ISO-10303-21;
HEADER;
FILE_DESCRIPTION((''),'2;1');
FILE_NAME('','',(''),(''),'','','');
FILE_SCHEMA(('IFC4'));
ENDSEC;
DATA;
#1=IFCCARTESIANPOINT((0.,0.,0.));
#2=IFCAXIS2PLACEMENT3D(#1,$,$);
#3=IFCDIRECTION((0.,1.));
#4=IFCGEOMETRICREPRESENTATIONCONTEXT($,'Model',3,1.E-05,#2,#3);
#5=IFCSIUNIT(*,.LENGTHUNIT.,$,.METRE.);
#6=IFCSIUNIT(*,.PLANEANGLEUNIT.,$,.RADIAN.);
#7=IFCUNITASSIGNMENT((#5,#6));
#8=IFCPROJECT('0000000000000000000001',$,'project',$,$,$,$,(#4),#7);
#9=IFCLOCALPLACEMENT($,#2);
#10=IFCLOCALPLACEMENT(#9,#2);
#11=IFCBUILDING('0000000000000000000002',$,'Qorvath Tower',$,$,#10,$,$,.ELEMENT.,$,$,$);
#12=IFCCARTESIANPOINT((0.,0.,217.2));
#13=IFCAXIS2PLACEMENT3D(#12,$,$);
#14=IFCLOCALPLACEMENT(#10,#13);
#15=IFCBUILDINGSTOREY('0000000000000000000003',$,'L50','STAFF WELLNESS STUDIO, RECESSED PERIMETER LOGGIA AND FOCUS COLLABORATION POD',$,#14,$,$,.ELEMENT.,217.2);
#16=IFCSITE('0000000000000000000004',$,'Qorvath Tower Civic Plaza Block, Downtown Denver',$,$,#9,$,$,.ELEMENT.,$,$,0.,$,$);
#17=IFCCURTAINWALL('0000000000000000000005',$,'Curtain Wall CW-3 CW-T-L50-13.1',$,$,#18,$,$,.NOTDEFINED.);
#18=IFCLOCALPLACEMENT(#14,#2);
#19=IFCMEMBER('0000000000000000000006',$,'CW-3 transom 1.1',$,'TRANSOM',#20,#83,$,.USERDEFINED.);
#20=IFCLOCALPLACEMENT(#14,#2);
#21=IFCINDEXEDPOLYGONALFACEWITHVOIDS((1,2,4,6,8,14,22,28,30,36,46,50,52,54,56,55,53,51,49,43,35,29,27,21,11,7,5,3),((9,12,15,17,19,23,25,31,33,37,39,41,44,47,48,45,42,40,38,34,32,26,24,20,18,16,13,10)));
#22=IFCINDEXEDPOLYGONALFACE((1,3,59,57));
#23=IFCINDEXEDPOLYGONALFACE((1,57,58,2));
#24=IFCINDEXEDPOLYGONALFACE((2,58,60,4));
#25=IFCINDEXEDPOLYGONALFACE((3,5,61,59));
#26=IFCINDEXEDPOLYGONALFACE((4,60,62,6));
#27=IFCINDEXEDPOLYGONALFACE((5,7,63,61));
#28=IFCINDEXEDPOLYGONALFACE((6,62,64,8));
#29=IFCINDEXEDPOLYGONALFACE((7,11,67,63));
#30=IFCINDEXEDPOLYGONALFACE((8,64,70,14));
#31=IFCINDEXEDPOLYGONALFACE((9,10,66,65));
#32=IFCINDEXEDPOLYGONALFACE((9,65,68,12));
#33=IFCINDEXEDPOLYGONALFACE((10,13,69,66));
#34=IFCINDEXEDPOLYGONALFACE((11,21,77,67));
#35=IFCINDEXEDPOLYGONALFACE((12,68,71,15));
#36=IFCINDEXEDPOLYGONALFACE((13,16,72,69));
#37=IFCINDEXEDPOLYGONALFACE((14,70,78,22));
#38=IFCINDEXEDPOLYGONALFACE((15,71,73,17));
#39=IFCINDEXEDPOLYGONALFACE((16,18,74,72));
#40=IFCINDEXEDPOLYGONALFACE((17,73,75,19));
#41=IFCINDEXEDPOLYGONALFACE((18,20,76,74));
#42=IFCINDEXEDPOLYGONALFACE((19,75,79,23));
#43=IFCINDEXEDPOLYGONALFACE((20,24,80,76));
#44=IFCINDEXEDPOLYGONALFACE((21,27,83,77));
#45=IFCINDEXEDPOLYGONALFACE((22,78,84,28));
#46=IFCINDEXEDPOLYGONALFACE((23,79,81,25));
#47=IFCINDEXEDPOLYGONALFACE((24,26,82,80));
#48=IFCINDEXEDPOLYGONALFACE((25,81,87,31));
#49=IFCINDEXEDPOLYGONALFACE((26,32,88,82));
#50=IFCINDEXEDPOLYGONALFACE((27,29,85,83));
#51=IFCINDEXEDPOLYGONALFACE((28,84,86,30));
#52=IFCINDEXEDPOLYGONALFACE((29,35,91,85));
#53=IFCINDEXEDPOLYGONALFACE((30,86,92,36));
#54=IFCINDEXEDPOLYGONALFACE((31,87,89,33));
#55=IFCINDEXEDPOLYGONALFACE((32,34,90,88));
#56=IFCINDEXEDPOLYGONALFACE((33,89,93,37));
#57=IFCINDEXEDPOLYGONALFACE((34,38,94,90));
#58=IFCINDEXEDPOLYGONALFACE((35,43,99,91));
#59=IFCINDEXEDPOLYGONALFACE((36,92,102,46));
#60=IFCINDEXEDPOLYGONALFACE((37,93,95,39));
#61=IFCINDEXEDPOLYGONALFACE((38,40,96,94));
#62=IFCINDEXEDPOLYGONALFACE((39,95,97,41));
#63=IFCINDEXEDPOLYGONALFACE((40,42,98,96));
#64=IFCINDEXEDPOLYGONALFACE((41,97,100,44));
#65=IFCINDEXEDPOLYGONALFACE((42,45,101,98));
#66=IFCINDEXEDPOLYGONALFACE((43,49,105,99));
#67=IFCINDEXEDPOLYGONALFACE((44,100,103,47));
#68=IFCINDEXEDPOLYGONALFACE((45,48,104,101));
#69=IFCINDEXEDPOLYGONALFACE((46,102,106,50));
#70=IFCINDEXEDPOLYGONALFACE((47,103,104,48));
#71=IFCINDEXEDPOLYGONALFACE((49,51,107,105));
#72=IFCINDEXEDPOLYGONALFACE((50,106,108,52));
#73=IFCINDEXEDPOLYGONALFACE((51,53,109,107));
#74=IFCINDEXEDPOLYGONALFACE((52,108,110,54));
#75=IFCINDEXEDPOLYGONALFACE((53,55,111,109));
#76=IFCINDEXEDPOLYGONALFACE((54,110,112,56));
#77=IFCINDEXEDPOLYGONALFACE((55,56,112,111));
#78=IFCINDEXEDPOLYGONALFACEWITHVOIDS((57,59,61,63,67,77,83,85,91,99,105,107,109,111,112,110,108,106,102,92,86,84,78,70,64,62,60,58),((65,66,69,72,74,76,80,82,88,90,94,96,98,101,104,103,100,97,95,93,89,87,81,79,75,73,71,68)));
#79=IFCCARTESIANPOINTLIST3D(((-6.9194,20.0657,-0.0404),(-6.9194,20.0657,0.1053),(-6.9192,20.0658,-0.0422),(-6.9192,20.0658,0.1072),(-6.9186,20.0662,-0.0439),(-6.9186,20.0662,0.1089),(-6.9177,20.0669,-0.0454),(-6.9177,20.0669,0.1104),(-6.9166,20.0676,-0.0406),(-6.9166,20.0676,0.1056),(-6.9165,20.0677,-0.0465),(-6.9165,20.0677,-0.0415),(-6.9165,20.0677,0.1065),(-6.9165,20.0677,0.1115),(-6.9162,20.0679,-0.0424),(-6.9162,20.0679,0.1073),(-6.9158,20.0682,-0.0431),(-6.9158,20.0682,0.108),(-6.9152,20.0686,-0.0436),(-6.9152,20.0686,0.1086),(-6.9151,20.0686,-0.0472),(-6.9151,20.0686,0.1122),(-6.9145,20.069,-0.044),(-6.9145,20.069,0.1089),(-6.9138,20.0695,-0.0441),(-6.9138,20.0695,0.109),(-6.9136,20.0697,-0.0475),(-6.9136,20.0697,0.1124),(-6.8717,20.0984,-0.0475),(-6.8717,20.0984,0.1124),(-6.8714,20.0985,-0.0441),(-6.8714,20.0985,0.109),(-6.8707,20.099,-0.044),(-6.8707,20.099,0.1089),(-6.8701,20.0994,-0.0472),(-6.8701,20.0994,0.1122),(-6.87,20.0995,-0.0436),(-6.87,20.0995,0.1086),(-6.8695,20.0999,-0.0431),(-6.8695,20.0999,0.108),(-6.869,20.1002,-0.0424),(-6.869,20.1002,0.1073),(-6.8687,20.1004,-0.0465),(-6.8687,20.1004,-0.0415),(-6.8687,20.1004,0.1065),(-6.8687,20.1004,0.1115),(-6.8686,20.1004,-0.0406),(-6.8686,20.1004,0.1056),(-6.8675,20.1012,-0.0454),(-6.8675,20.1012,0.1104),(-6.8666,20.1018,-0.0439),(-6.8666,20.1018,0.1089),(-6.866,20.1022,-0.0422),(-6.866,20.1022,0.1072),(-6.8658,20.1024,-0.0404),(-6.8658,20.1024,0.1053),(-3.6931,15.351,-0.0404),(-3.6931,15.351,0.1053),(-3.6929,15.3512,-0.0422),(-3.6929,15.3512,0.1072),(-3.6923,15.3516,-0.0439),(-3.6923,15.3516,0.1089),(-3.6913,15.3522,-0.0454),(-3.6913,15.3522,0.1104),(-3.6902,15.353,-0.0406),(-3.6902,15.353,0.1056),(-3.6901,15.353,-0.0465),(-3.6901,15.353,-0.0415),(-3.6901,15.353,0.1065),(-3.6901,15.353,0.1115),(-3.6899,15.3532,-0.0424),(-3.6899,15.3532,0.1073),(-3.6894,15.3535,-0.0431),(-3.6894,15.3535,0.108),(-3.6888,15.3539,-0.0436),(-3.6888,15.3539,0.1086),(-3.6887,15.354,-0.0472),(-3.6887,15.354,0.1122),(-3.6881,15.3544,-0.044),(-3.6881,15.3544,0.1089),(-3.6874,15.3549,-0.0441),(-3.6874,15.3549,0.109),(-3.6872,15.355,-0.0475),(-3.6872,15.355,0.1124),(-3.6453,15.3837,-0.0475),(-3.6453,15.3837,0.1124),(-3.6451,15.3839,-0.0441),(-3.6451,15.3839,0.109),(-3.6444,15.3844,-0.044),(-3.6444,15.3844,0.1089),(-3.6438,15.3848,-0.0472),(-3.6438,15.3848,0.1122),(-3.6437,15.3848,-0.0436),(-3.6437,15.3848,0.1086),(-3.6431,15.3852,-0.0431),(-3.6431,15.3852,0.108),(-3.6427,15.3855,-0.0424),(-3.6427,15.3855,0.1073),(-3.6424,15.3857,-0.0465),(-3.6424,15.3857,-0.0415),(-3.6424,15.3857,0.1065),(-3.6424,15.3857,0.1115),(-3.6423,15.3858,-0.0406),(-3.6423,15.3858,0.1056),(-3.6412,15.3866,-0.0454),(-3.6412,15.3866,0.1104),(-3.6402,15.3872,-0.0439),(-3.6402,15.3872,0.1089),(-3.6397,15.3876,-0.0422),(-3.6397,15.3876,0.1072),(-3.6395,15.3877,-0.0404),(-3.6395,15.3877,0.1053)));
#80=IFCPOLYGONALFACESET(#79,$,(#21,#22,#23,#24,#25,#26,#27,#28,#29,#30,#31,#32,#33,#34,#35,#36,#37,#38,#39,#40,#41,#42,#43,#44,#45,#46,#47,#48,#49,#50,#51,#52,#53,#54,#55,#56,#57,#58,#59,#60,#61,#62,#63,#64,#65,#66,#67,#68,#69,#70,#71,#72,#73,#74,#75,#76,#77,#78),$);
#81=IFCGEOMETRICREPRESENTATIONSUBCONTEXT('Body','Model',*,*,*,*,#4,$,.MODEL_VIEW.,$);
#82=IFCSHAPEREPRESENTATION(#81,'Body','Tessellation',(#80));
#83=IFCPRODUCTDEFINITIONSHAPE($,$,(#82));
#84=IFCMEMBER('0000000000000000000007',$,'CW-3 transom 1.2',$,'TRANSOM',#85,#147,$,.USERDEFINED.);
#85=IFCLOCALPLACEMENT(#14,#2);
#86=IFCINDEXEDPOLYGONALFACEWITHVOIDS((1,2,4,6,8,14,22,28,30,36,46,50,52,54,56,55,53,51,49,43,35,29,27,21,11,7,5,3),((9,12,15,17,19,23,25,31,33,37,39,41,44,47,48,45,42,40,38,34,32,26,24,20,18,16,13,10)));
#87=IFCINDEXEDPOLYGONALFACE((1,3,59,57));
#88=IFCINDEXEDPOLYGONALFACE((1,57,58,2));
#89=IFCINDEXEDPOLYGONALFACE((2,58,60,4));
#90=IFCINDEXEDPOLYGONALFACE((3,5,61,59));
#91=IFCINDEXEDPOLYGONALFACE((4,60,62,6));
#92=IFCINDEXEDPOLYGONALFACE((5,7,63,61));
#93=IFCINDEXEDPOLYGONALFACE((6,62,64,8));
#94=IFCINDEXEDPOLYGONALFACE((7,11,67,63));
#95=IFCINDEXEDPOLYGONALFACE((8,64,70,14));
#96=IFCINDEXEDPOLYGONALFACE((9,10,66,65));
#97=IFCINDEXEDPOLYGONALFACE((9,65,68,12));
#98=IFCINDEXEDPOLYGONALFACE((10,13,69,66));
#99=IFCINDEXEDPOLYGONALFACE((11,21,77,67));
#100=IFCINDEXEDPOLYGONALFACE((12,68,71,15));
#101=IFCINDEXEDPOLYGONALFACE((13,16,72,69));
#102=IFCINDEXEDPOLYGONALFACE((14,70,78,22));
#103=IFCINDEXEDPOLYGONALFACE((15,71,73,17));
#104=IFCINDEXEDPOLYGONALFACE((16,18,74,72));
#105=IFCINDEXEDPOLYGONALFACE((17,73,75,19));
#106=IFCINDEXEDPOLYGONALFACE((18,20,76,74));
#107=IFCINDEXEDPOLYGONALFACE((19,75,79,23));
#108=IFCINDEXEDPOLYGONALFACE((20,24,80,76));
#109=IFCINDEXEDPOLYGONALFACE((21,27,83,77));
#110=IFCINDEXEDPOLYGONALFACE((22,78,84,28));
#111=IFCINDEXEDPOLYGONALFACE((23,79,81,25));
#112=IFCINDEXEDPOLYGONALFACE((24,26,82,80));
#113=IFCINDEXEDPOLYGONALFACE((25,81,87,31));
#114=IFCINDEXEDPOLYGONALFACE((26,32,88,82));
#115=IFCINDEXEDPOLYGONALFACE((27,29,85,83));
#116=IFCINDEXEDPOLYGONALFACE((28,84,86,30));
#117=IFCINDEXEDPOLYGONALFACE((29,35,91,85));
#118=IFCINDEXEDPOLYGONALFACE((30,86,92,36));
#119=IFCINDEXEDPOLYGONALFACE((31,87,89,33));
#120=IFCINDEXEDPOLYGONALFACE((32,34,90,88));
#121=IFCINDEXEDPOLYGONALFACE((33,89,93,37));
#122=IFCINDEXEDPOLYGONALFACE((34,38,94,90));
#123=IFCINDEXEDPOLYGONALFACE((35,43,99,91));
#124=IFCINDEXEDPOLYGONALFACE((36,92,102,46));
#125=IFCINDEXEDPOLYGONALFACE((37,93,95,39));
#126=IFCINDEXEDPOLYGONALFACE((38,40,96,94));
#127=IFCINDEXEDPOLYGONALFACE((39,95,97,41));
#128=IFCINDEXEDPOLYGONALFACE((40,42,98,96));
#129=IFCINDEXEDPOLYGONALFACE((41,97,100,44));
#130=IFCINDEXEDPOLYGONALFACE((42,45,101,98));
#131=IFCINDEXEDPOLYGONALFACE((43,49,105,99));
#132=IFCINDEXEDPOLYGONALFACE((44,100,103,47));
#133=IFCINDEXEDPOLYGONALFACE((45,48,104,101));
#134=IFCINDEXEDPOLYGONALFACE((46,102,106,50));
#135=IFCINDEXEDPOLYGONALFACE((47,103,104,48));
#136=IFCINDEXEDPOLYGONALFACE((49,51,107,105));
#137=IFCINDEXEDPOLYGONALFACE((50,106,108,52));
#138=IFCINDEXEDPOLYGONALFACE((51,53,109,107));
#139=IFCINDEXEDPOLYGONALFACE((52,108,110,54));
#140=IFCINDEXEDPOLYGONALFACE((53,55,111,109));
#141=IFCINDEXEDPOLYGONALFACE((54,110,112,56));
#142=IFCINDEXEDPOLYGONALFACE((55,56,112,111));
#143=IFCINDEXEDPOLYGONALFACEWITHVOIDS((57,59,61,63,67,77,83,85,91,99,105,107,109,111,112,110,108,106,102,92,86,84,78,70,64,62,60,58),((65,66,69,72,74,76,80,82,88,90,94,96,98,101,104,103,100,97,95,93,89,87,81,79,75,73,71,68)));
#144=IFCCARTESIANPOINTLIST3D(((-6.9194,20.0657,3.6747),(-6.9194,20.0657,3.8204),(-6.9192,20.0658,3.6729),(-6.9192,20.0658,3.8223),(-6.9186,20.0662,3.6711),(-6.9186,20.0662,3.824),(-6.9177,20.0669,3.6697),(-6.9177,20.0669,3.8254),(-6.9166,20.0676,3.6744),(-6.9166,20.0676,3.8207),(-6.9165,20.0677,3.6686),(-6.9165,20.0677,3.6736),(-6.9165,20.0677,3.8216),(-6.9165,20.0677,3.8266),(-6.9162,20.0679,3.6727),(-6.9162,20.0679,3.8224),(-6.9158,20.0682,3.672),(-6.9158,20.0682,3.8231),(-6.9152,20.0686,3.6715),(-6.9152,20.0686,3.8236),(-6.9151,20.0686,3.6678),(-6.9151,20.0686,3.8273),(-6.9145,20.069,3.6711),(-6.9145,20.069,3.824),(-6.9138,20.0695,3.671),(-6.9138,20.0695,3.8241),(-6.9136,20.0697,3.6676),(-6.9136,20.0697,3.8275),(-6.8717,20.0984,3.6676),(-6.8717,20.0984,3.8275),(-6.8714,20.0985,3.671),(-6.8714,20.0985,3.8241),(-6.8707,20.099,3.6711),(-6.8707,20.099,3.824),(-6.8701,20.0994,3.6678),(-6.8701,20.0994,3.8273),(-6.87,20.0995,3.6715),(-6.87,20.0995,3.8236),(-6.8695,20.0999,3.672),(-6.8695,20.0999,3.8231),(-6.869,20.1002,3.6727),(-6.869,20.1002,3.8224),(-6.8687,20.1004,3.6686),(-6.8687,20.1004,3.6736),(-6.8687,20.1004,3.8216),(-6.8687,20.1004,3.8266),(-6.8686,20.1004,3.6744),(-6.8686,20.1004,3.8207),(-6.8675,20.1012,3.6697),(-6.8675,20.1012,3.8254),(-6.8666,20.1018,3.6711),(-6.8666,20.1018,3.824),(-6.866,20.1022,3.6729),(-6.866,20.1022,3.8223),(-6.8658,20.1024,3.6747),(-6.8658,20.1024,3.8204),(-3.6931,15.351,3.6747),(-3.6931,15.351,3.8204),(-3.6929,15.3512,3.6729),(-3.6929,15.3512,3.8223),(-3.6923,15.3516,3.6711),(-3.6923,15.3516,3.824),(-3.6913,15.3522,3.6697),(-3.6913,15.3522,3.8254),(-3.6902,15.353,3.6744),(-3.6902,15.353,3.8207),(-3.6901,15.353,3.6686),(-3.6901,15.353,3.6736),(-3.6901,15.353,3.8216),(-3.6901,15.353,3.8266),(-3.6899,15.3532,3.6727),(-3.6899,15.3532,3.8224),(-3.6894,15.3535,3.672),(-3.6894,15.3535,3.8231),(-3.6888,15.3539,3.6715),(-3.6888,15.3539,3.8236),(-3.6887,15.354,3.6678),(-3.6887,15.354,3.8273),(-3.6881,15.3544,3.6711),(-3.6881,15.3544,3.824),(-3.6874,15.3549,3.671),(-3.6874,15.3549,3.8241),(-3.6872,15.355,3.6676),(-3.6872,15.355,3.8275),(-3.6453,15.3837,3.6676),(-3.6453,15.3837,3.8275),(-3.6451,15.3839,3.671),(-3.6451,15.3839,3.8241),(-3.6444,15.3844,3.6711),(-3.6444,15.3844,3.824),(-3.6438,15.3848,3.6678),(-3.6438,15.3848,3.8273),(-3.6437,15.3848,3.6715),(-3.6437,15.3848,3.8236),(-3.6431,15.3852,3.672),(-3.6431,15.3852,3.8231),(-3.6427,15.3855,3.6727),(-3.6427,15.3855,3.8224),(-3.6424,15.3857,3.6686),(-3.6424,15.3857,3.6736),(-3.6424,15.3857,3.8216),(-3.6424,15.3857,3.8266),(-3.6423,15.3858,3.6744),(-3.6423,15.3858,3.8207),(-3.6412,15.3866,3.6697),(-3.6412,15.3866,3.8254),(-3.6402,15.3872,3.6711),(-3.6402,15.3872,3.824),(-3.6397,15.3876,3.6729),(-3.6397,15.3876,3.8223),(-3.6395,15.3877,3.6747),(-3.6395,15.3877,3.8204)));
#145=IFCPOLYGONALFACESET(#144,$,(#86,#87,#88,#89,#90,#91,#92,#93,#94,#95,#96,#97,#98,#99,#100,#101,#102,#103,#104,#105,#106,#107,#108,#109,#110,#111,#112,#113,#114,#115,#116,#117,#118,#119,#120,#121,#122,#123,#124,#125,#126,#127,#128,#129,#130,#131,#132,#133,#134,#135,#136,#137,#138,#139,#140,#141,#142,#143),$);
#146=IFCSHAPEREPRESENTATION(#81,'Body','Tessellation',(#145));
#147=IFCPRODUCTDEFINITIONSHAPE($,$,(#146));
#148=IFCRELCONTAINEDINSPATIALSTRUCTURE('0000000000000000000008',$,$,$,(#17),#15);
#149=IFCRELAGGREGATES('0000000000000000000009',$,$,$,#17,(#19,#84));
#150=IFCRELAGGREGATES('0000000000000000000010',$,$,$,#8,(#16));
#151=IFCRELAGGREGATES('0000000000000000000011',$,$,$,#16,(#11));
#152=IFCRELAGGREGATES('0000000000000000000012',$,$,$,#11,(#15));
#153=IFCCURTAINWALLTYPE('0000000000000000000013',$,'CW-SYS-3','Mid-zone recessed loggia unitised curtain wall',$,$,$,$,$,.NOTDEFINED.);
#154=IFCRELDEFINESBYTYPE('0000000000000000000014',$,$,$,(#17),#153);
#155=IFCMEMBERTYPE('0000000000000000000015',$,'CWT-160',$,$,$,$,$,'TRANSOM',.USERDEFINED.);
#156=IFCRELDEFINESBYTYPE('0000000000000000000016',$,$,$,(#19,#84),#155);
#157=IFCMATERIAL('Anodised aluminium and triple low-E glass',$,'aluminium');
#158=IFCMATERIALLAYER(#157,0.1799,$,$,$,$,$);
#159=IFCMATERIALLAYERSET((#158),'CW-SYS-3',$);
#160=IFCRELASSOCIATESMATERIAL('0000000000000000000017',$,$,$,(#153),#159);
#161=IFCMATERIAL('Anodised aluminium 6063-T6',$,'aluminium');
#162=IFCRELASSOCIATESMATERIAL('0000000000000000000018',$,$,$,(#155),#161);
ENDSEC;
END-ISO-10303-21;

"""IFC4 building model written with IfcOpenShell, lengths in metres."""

from ifc_helpers import new_model, si_unit, direction, frame, origin, origin_2d, place, context, subcontext, project, spatial, hollow_rectangle, extrude, material, layer, layer_set, material_profile, profile_set, type_object, element, aggregate, save


model = new_model("IFC4")

# Units and contexts
model_context = context("Model", 3, precision=1e-05, world=origin(), true_north=direction((0.0, 1.0)))
body_context = subcontext(model_context, "Body", "Model", "MODEL_VIEW")
ifc_project = project(units=[si_unit("LENGTHUNIT", "METRE"), si_unit("PLANEANGLEUNIT", "RADIAN")], contexts=[model_context])

# Site, building, storey
site_placement = place(None, origin())
site = spatial("IfcSite", under=ifc_project, at=site_placement, Name="Qorvath Tower Civic Plaza Block, Downtown Denver", CompositionType="ELEMENT", RefElevation=0.0)
building_placement = place(site_placement, origin())
building = spatial("IfcBuilding", under=site, at=building_placement, Name="Qorvath Tower", CompositionType="ELEMENT")
storey_placement = place(building_placement, frame((0.0, 0.0, 217.2)))
storey = spatial("IfcBuildingStorey", under=building, at=storey_placement, Name="L50", Description="STAFF WELLNESS STUDIO, RECESSED PERIMETER LOGGIA AND FOCUS COLLABORATION POD", CompositionType="ELEMENT", Elevation=217.2)

# Shared definitions
ifc_material_1 = material(Name="Anodised aluminium and triple low-E glass", Category="aluminium")
ifc_layer_1 = layer(ifc_material_1, 0.1799)
ifc_layer_set_1 = layer_set([ifc_layer_1], Name="CW-SYS-3")
curtain_wall_type = type_object("IfcCurtainWallType", Name="CW-SYS-3", Description="Mid-zone recessed loggia unitised curtain wall", PredefinedType="NOTDEFINED", material=ifc_layer_set_1)

# Curtain wall
curtain_wall_1_placement = place(storey_placement, origin())
curtain_wall_1 = element("IfcCurtainWall", 1, at=curtain_wall_1_placement, inside=storey, type_object=curtain_wall_type, Name="Curtain Wall CW-3 CW-T-L50-13.1", PredefinedType="NOTDEFINED")

# Members
ifc_material_2 = material(Name="Anodised aluminium 6063-T6", Category="aluminium")
ifc_material_profile_1 = material_profile(ifc_material_2, hollow_rectangle(XDim=0.0649, YDim=0.1599, WallThickness=0.0034, InnerFilletRadius=0.0034, OuterFilletRadius=0.0071, at=origin_2d()), Name="CWT 160x65")
ifc_profile_set_1 = profile_set([ifc_material_profile_1], Name="Anodised aluminium 6063-T6")
member_type_1 = type_object("IfcMemberType", Name="CWT-160", ElementType="TRANSOM", PredefinedType="USERDEFINED", material=ifc_profile_set_1)
member_1_placement = place(storey_placement, frame((-3.6663, 15.3694, 0.0325), z_axis=(-0.564748, 0.825263, 0.0), x_axis=(-0.825263, -0.564748, 0.0)))
member_1 = element("IfcMember", 2, at=member_1_placement, type_object=member_type_1, Name="CW-3 transom 1.1", ObjectType="TRANSOM", PredefinedType="USERDEFINED", context=body_context, shape_type="SweptSolid", body=[
    extrude(hollow_rectangle(XDim=0.0649, YDim=0.1599, WallThickness=0.0034, InnerFilletRadius=0.0034, OuterFilletRadius=0.0071, at=origin_2d()), origin(), (0.0, 0.0, 1.0), 5.7129),
])
member_2_placement = place(storey_placement, frame((-3.6663, 15.3694, 3.7476), z_axis=(-0.564748, 0.825263, 0.0), x_axis=(-0.825263, -0.564748, 0.0)))
member_2 = element("IfcMember", 3, at=member_2_placement, type_object=member_type_1, Name="CW-3 transom 1.2", ObjectType="TRANSOM", PredefinedType="USERDEFINED", context=body_context, shape_type="SweptSolid", body=[
    extrude(hollow_rectangle(XDim=0.0649, YDim=0.1599, WallThickness=0.0034, InnerFilletRadius=0.0034, OuterFilletRadius=0.0071, at=origin_2d()), origin(), (0.0, 0.0, 1.0), 5.7129),
])

aggregate(curtain_wall_1, [member_1, member_2])

save(model, "model.ifc")
